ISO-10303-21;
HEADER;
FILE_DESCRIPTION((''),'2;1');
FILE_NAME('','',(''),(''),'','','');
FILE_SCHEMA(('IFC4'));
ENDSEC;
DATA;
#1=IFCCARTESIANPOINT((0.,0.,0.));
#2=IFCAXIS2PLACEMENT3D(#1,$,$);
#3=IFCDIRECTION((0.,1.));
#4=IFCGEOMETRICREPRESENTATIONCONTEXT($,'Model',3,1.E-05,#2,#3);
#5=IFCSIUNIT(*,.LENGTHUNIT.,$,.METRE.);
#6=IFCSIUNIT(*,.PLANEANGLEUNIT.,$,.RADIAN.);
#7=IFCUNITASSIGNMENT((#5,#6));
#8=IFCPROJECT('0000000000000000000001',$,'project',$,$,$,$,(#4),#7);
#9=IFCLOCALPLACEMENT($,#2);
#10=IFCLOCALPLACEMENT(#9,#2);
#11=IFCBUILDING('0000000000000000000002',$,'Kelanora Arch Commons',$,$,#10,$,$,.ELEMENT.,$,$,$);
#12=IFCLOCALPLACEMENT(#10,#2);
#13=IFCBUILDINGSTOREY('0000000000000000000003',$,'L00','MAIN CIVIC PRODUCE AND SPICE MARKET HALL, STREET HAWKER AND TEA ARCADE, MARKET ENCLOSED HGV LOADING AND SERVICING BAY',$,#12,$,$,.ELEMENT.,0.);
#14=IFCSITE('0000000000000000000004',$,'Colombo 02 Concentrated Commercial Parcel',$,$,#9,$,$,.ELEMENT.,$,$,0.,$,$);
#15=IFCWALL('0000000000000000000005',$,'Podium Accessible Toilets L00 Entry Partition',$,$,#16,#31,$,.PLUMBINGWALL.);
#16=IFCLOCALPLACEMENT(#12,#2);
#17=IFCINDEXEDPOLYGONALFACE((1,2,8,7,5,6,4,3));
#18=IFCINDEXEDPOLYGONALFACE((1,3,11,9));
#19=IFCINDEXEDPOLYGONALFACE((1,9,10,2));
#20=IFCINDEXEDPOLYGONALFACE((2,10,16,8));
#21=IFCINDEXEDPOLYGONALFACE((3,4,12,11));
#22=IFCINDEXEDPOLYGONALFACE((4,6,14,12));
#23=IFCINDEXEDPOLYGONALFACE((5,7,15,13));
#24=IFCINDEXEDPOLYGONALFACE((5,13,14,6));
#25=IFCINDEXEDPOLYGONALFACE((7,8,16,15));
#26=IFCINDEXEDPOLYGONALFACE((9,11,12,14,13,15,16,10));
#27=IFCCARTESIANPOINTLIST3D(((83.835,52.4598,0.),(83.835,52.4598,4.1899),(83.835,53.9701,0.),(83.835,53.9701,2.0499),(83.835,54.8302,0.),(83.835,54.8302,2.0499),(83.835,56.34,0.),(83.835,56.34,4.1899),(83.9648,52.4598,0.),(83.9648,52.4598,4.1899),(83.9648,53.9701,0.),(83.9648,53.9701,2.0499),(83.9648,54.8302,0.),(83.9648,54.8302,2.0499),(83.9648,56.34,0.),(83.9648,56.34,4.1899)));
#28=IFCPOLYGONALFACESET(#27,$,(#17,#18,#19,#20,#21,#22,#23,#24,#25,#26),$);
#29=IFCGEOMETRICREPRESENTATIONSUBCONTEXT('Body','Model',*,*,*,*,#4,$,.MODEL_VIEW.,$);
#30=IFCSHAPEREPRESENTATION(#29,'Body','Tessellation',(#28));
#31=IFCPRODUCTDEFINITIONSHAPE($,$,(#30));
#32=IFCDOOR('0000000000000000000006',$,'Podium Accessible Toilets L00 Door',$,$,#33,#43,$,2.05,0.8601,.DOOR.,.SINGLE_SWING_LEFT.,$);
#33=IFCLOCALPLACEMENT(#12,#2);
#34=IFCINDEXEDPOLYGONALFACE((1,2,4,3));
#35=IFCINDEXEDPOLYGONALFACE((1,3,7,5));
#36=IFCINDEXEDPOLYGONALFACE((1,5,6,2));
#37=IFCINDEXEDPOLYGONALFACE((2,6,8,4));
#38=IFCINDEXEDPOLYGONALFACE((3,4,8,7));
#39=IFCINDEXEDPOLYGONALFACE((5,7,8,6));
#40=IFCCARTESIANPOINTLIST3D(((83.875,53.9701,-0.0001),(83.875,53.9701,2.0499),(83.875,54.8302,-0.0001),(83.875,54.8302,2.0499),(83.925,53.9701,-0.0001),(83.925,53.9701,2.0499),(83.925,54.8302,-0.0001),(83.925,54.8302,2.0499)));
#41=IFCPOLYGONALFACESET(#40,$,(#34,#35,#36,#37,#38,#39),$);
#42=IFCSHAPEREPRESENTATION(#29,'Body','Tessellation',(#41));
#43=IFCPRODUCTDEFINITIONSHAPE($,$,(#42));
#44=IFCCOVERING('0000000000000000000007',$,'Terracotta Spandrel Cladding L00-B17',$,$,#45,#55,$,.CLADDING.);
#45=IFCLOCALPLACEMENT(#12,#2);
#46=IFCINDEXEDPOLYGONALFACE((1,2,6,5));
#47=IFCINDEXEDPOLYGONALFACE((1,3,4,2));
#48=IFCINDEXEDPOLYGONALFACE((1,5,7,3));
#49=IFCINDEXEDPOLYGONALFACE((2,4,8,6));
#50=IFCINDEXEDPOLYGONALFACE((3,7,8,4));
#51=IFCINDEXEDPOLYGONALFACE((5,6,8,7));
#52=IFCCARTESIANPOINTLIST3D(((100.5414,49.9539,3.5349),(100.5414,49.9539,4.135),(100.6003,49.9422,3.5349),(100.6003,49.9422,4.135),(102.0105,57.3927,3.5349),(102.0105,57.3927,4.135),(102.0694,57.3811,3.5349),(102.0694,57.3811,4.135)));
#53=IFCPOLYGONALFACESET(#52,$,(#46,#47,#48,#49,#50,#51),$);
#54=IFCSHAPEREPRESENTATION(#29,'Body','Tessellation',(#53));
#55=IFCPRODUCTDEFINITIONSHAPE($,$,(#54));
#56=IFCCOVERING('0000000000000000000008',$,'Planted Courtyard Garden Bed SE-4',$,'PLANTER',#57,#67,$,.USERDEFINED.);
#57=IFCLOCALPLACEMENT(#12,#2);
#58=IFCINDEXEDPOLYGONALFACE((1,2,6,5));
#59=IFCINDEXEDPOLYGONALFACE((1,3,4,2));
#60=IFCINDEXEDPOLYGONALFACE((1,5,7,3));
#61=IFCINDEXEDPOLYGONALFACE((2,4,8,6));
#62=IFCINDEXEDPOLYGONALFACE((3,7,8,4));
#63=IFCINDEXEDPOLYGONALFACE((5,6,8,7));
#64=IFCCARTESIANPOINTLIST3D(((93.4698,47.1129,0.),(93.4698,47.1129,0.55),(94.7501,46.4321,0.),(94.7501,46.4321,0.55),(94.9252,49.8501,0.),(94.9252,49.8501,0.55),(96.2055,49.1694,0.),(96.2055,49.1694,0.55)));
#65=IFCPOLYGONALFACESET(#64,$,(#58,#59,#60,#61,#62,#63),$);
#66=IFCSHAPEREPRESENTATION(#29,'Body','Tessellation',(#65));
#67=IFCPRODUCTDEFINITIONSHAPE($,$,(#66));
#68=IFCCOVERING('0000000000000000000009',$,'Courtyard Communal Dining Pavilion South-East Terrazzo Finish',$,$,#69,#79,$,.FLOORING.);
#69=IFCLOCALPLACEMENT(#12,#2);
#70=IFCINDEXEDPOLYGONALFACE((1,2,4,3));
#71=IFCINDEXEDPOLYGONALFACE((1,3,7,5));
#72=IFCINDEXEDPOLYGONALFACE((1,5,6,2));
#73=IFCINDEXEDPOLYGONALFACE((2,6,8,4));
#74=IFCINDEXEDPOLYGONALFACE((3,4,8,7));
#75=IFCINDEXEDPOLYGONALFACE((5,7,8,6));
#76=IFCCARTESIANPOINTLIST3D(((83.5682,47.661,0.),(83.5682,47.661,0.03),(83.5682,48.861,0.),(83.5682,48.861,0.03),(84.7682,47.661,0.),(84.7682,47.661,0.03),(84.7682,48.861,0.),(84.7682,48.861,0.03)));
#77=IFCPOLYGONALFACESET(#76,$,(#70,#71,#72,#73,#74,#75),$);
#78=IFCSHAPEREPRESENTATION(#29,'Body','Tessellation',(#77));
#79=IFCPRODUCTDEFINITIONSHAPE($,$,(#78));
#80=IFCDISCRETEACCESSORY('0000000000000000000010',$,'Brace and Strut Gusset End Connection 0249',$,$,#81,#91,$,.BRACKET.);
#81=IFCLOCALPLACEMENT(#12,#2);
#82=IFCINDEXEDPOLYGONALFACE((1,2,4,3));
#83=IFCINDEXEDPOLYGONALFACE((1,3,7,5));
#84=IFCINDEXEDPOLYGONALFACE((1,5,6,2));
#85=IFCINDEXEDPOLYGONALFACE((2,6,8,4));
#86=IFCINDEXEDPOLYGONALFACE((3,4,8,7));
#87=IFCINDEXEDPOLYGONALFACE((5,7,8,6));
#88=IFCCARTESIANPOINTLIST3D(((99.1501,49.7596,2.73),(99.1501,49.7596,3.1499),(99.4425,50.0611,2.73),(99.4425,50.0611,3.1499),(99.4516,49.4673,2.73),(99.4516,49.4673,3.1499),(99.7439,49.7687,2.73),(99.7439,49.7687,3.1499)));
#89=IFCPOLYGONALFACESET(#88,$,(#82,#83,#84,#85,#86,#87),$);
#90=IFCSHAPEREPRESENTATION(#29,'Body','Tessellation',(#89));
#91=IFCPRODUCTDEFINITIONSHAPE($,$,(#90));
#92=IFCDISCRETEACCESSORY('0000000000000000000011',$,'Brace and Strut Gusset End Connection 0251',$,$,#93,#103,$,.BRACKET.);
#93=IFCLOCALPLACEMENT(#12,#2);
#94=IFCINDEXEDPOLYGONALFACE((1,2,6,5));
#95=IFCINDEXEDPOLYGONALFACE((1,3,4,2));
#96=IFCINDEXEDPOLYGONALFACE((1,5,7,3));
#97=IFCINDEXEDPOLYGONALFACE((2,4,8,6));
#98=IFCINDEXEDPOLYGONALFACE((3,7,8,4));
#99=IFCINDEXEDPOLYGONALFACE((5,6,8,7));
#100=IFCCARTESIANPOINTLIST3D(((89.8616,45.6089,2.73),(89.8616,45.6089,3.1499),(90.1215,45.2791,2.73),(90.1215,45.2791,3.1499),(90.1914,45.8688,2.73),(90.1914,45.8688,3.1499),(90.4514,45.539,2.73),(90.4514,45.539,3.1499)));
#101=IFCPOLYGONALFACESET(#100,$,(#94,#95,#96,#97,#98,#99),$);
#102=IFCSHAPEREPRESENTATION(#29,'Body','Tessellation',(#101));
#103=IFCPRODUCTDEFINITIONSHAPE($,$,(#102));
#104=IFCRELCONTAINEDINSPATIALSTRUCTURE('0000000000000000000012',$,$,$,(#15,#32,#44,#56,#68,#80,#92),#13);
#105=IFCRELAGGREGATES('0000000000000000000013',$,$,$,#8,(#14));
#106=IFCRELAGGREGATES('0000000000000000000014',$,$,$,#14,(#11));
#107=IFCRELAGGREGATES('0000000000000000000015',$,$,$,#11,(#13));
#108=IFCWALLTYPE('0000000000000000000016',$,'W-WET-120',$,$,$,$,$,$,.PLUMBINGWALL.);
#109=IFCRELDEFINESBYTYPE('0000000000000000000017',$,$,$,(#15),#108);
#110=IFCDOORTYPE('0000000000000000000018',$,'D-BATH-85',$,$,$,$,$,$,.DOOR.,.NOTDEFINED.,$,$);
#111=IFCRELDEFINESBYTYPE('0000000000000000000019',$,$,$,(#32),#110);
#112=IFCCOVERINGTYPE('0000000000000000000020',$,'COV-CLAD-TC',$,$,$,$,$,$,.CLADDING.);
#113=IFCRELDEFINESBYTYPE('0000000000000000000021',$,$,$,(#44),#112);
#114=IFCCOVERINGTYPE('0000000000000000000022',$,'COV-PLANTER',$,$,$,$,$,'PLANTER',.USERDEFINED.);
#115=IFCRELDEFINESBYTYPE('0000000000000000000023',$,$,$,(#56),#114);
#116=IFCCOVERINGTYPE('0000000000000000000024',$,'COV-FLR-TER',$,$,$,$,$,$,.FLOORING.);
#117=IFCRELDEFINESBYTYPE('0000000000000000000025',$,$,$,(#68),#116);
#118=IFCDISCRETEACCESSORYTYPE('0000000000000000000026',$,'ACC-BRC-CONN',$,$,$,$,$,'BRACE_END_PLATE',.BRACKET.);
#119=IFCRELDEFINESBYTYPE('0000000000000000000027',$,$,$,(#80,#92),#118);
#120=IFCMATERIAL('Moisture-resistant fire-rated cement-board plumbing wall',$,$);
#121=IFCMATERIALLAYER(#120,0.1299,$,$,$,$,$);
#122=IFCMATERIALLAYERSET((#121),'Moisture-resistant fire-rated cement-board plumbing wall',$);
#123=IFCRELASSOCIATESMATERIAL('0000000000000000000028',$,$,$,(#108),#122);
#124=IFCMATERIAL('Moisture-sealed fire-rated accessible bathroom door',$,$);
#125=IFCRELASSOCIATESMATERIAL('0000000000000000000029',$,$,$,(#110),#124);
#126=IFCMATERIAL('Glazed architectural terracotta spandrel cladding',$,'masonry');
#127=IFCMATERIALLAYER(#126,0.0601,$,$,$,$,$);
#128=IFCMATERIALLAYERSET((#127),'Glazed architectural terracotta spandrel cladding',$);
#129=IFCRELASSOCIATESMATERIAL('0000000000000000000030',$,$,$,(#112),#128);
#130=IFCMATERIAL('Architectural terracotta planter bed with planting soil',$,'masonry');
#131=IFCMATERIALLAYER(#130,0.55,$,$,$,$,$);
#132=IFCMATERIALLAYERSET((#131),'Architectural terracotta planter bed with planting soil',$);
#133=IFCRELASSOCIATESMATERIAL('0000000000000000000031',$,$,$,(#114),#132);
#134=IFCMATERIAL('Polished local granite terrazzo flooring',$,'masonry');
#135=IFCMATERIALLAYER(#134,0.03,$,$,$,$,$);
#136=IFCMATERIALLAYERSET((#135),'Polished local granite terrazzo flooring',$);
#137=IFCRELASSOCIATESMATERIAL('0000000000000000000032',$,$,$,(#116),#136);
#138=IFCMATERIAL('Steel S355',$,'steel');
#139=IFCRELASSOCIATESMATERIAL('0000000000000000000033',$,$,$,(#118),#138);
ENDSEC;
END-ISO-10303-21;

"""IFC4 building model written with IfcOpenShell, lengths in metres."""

from ifc_helpers import new_model, si_unit, direction, frame, frame_2d, origin, origin_2d, place, context, subcontext, project, spatial, rectangle, extrude, source, transform, mapped, material, layer, layer_set, type_object, element, fill, save


model = new_model("IFC4")

# Units and contexts
model_context = context("Model", 3, precision=1e-05, world=origin(), true_north=direction((0.0, 1.0)))
body_context = subcontext(model_context, "Body", "Model", "MODEL_VIEW")
ifc_project = project(units=[si_unit("LENGTHUNIT", "METRE"), si_unit("PLANEANGLEUNIT", "RADIAN")], contexts=[model_context])

# Site, building, storey
site_placement = place(None, origin())
site = spatial("IfcSite", under=ifc_project, at=site_placement, Name="Colombo 02 Concentrated Commercial Parcel", CompositionType="ELEMENT", RefElevation=0.0)
building_placement = place(site_placement, origin())
building = spatial("IfcBuilding", under=site, at=building_placement, Name="Kelanora Arch Commons", CompositionType="ELEMENT")
storey_placement = place(building_placement, origin())
storey = spatial("IfcBuildingStorey", under=building, at=storey_placement, Name="L00", Description="MAIN CIVIC PRODUCE AND SPICE MARKET HALL, STREET HAWKER AND TEA ARCADE, MARKET ENCLOSED HGV LOADING AND SERVICING BAY", CompositionType="ELEMENT", Elevation=0.0)

# Shared definitions
ifc_material_1 = material(Name="Steel S355", Category="steel")

# Wall, opening, door
ifc_material_2 = material(Name="Moisture-resistant fire-rated cement-board plumbing wall")
ifc_layer_1 = layer(ifc_material_2, 0.1299)
ifc_layer_set_1 = layer_set([ifc_layer_1], Name="Moisture-resistant fire-rated cement-board plumbing wall")
wall_type_1 = type_object("IfcWallType", Name="W-WET-120", PredefinedType="PLUMBINGWALL", material=ifc_layer_set_1)
wall_1_placement = place(storey_placement, frame((83.8999, 52.46, 0.0), z_axis=(0.0, 0.0, 1.0), x_axis=(0.0, 1.0, 0.0)))
wall_1 = element("IfcWall", 1, at=wall_1_placement, inside=storey, type_object=wall_type_1, Name="Podium Accessible Toilets L00 Entry Partition", PredefinedType="PLUMBINGWALL", context=body_context, shape_type="SweptSolid", body=[
    extrude(rectangle(XDim=3.8801, YDim=0.1299, at=frame_2d((1.9399, 0.0))), origin(), (0.0, 0.0, 1.0), 4.1899),
])
opening_1_placement = place(wall_1_placement, frame((1.51, 0.0, 0.0)))
opening_1 = element("IfcOpeningElement", 2, at=opening_1_placement, cuts=wall_1, PredefinedType="OPENING", context=body_context, shape_type="SweptSolid", body=[
    extrude(rectangle(XDim=0.8601, YDim=2.05, at=frame_2d((0.4302, 1.0249))), frame((0.0, 0.075, 0.0), z_axis=(0.0, -1.0, 0.0), x_axis=(1.0, 0.0, 0.0)), (0.0, 0.0, 1.0), 0.1499),
])
ifc_material_3 = material(Name="Moisture-sealed fire-rated accessible bathroom door")
door_type_1 = type_object("IfcDoorType", Name="D-BATH-85", OperationType="NOTDEFINED", PredefinedType="DOOR", material=ifc_material_3)
door_1_placement = place(opening_1_placement, origin())
door_1 = element("IfcDoor", 3, at=door_1_placement, inside=storey, type_object=door_type_1, Name="Podium Accessible Toilets L00 Door", OperationType="SINGLE_SWING_LEFT", OverallHeight=2.05, OverallWidth=0.8601, PredefinedType="DOOR", context=body_context, shape_type="SweptSolid", body=[
    extrude(rectangle(XDim=0.8601, YDim=2.05, at=frame_2d((0.4302, 1.0249))), frame((0.0, 0.0249, 0.0), z_axis=(0.0, -1.0, 0.0), x_axis=(1.0, 0.0, 0.0)), (0.0, 0.0, 1.0), 0.05),
])
fill(opening_1, door_1)

# Coverings
ifc_material_4 = material(Name="Glazed architectural terracotta spandrel cladding", Category="masonry")
ifc_layer_2 = layer(ifc_material_4, 0.0601)
ifc_layer_set_2 = layer_set([ifc_layer_2], Name="Glazed architectural terracotta spandrel cladding")
covering_type_1 = type_object("IfcCoveringType", Name="COV-CLAD-TC", PredefinedType="CLADDING", material=ifc_layer_set_2)
shared_shape_1 = source(origin(), body_context, "Body", "SweptSolid", [
    extrude(rectangle(XDim=7.5825, YDim=0.0601, at=origin_2d()), origin(), (0.0, 0.0, 1.0), 0.6001),
])
covering_1_placement = place(storey_placement, frame((101.3054, 53.6675, 3.5349), z_axis=(0.0, 0.0, 1.0), x_axis=(0.193744, 0.981052, 0.0)))
element("IfcCovering", 4, at=covering_1_placement, inside=storey, type_object=covering_type_1, Name="Terracotta Spandrel Cladding L00-B17", PredefinedType="CLADDING", context=body_context, shape_type="MappedRepresentation", body=[
    mapped(shared_shape_1, transform((0.0, 0.0, 0.0), scale=1.0)),
])
ifc_material_5 = material(Name="Architectural terracotta planter bed with planting soil", Category="masonry")
ifc_layer_3 = layer(ifc_material_5, 0.55)
ifc_layer_set_3 = layer_set([ifc_layer_3], Name="Architectural terracotta planter bed with planting soil")
covering_type_2 = type_object("IfcCoveringType", Name="COV-PLANTER", ElementType="PLANTER", PredefinedType="USERDEFINED", material=ifc_layer_set_3)
shared_shape_2 = source(origin(), body_context, "Body", "SweptSolid", [
    extrude(rectangle(XDim=3.1001, YDim=1.45, at=origin_2d()), origin(), (0.0, 0.0, 1.0), 0.55),
])
covering_2_placement = place(storey_placement, frame((94.8376, 48.1411, 0.0), z_axis=(0.0, 0.0, 1.0), x_axis=(0.469472, 0.882948, 0.0)))
element("IfcCovering", 5, at=covering_2_placement, inside=storey, type_object=covering_type_2, Name="Planted Courtyard Garden Bed SE-4", ObjectType="PLANTER", PredefinedType="USERDEFINED", context=body_context, shape_type="MappedRepresentation", body=[
    mapped(shared_shape_2, transform((0.0, 0.0, 0.0), scale=1.0)),
])
ifc_material_6 = material(Name="Polished local granite terrazzo flooring", Category="masonry")
ifc_layer_4 = layer(ifc_material_6, 0.03)
ifc_layer_set_4 = layer_set([ifc_layer_4], Name="Polished local granite terrazzo flooring")
covering_type_3 = type_object("IfcCoveringType", Name="COV-FLR-TER", PredefinedType="FLOORING", material=ifc_layer_set_4)
shared_shape_3 = source(origin(), body_context, "Body", "SweptSolid", [
    extrude(rectangle(XDim=1.2, YDim=1.2, at=origin_2d()), origin(), (0.0, 0.0, 1.0), 0.03),
])
covering_3_placement = place(storey_placement, frame((84.1682, 48.261, 0.0), z_axis=(0.0, 0.0, 1.0), x_axis=(1.0, 0.0, 0.0)))
element("IfcCovering", 6, at=covering_3_placement, inside=storey, type_object=covering_type_3, Name="Courtyard Communal Dining Pavilion South-East Terrazzo Finish", PredefinedType="FLOORING", context=body_context, shape_type="MappedRepresentation", body=[
    mapped(shared_shape_3, transform((0.0, 0.0, 0.0), scale=1.0)),
])

# Discrete accessories
discrete_accessory_type = type_object("IfcDiscreteAccessoryType", Name="ACC-BRC-CONN", ElementType="BRACE_END_PLATE", PredefinedType="BRACKET", material=ifc_material_1)
shared_shape_4 = source(origin(), body_context, "Body", "SweptSolid", [
    extrude(rectangle(XDim=0.4199, YDim=0.4199, at=origin_2d()), origin(), (0.0, 0.0, 1.0), 0.4199),
])
for number, where, z_axis, x_axis, name in (
    (7, (99.447, 49.7642, 2.73), (0.0, 0.0, 1.0), (0.696163, 0.717883, 0.0), "Brace and Strut Gusset End Connection 0249"),
    (8, (90.1565, 45.574, 2.73), (0.0, 0.0, 1.0), (0.618957, -0.785425, 0.0), "Brace and Strut Gusset End Connection 0251"),
):
    element("IfcDiscreteAccessory", number, at=place(storey_placement, frame(where, z_axis=z_axis, x_axis=x_axis)), inside=storey, type_object=discrete_accessory_type, Name=name, PredefinedType="BRACKET", context=body_context, shape_type="MappedRepresentation", body=[
        mapped(shared_shape_4, transform((0.0, 0.0, 0.0), scale=1.0)),
    ])

save(model, "model.ifc")
